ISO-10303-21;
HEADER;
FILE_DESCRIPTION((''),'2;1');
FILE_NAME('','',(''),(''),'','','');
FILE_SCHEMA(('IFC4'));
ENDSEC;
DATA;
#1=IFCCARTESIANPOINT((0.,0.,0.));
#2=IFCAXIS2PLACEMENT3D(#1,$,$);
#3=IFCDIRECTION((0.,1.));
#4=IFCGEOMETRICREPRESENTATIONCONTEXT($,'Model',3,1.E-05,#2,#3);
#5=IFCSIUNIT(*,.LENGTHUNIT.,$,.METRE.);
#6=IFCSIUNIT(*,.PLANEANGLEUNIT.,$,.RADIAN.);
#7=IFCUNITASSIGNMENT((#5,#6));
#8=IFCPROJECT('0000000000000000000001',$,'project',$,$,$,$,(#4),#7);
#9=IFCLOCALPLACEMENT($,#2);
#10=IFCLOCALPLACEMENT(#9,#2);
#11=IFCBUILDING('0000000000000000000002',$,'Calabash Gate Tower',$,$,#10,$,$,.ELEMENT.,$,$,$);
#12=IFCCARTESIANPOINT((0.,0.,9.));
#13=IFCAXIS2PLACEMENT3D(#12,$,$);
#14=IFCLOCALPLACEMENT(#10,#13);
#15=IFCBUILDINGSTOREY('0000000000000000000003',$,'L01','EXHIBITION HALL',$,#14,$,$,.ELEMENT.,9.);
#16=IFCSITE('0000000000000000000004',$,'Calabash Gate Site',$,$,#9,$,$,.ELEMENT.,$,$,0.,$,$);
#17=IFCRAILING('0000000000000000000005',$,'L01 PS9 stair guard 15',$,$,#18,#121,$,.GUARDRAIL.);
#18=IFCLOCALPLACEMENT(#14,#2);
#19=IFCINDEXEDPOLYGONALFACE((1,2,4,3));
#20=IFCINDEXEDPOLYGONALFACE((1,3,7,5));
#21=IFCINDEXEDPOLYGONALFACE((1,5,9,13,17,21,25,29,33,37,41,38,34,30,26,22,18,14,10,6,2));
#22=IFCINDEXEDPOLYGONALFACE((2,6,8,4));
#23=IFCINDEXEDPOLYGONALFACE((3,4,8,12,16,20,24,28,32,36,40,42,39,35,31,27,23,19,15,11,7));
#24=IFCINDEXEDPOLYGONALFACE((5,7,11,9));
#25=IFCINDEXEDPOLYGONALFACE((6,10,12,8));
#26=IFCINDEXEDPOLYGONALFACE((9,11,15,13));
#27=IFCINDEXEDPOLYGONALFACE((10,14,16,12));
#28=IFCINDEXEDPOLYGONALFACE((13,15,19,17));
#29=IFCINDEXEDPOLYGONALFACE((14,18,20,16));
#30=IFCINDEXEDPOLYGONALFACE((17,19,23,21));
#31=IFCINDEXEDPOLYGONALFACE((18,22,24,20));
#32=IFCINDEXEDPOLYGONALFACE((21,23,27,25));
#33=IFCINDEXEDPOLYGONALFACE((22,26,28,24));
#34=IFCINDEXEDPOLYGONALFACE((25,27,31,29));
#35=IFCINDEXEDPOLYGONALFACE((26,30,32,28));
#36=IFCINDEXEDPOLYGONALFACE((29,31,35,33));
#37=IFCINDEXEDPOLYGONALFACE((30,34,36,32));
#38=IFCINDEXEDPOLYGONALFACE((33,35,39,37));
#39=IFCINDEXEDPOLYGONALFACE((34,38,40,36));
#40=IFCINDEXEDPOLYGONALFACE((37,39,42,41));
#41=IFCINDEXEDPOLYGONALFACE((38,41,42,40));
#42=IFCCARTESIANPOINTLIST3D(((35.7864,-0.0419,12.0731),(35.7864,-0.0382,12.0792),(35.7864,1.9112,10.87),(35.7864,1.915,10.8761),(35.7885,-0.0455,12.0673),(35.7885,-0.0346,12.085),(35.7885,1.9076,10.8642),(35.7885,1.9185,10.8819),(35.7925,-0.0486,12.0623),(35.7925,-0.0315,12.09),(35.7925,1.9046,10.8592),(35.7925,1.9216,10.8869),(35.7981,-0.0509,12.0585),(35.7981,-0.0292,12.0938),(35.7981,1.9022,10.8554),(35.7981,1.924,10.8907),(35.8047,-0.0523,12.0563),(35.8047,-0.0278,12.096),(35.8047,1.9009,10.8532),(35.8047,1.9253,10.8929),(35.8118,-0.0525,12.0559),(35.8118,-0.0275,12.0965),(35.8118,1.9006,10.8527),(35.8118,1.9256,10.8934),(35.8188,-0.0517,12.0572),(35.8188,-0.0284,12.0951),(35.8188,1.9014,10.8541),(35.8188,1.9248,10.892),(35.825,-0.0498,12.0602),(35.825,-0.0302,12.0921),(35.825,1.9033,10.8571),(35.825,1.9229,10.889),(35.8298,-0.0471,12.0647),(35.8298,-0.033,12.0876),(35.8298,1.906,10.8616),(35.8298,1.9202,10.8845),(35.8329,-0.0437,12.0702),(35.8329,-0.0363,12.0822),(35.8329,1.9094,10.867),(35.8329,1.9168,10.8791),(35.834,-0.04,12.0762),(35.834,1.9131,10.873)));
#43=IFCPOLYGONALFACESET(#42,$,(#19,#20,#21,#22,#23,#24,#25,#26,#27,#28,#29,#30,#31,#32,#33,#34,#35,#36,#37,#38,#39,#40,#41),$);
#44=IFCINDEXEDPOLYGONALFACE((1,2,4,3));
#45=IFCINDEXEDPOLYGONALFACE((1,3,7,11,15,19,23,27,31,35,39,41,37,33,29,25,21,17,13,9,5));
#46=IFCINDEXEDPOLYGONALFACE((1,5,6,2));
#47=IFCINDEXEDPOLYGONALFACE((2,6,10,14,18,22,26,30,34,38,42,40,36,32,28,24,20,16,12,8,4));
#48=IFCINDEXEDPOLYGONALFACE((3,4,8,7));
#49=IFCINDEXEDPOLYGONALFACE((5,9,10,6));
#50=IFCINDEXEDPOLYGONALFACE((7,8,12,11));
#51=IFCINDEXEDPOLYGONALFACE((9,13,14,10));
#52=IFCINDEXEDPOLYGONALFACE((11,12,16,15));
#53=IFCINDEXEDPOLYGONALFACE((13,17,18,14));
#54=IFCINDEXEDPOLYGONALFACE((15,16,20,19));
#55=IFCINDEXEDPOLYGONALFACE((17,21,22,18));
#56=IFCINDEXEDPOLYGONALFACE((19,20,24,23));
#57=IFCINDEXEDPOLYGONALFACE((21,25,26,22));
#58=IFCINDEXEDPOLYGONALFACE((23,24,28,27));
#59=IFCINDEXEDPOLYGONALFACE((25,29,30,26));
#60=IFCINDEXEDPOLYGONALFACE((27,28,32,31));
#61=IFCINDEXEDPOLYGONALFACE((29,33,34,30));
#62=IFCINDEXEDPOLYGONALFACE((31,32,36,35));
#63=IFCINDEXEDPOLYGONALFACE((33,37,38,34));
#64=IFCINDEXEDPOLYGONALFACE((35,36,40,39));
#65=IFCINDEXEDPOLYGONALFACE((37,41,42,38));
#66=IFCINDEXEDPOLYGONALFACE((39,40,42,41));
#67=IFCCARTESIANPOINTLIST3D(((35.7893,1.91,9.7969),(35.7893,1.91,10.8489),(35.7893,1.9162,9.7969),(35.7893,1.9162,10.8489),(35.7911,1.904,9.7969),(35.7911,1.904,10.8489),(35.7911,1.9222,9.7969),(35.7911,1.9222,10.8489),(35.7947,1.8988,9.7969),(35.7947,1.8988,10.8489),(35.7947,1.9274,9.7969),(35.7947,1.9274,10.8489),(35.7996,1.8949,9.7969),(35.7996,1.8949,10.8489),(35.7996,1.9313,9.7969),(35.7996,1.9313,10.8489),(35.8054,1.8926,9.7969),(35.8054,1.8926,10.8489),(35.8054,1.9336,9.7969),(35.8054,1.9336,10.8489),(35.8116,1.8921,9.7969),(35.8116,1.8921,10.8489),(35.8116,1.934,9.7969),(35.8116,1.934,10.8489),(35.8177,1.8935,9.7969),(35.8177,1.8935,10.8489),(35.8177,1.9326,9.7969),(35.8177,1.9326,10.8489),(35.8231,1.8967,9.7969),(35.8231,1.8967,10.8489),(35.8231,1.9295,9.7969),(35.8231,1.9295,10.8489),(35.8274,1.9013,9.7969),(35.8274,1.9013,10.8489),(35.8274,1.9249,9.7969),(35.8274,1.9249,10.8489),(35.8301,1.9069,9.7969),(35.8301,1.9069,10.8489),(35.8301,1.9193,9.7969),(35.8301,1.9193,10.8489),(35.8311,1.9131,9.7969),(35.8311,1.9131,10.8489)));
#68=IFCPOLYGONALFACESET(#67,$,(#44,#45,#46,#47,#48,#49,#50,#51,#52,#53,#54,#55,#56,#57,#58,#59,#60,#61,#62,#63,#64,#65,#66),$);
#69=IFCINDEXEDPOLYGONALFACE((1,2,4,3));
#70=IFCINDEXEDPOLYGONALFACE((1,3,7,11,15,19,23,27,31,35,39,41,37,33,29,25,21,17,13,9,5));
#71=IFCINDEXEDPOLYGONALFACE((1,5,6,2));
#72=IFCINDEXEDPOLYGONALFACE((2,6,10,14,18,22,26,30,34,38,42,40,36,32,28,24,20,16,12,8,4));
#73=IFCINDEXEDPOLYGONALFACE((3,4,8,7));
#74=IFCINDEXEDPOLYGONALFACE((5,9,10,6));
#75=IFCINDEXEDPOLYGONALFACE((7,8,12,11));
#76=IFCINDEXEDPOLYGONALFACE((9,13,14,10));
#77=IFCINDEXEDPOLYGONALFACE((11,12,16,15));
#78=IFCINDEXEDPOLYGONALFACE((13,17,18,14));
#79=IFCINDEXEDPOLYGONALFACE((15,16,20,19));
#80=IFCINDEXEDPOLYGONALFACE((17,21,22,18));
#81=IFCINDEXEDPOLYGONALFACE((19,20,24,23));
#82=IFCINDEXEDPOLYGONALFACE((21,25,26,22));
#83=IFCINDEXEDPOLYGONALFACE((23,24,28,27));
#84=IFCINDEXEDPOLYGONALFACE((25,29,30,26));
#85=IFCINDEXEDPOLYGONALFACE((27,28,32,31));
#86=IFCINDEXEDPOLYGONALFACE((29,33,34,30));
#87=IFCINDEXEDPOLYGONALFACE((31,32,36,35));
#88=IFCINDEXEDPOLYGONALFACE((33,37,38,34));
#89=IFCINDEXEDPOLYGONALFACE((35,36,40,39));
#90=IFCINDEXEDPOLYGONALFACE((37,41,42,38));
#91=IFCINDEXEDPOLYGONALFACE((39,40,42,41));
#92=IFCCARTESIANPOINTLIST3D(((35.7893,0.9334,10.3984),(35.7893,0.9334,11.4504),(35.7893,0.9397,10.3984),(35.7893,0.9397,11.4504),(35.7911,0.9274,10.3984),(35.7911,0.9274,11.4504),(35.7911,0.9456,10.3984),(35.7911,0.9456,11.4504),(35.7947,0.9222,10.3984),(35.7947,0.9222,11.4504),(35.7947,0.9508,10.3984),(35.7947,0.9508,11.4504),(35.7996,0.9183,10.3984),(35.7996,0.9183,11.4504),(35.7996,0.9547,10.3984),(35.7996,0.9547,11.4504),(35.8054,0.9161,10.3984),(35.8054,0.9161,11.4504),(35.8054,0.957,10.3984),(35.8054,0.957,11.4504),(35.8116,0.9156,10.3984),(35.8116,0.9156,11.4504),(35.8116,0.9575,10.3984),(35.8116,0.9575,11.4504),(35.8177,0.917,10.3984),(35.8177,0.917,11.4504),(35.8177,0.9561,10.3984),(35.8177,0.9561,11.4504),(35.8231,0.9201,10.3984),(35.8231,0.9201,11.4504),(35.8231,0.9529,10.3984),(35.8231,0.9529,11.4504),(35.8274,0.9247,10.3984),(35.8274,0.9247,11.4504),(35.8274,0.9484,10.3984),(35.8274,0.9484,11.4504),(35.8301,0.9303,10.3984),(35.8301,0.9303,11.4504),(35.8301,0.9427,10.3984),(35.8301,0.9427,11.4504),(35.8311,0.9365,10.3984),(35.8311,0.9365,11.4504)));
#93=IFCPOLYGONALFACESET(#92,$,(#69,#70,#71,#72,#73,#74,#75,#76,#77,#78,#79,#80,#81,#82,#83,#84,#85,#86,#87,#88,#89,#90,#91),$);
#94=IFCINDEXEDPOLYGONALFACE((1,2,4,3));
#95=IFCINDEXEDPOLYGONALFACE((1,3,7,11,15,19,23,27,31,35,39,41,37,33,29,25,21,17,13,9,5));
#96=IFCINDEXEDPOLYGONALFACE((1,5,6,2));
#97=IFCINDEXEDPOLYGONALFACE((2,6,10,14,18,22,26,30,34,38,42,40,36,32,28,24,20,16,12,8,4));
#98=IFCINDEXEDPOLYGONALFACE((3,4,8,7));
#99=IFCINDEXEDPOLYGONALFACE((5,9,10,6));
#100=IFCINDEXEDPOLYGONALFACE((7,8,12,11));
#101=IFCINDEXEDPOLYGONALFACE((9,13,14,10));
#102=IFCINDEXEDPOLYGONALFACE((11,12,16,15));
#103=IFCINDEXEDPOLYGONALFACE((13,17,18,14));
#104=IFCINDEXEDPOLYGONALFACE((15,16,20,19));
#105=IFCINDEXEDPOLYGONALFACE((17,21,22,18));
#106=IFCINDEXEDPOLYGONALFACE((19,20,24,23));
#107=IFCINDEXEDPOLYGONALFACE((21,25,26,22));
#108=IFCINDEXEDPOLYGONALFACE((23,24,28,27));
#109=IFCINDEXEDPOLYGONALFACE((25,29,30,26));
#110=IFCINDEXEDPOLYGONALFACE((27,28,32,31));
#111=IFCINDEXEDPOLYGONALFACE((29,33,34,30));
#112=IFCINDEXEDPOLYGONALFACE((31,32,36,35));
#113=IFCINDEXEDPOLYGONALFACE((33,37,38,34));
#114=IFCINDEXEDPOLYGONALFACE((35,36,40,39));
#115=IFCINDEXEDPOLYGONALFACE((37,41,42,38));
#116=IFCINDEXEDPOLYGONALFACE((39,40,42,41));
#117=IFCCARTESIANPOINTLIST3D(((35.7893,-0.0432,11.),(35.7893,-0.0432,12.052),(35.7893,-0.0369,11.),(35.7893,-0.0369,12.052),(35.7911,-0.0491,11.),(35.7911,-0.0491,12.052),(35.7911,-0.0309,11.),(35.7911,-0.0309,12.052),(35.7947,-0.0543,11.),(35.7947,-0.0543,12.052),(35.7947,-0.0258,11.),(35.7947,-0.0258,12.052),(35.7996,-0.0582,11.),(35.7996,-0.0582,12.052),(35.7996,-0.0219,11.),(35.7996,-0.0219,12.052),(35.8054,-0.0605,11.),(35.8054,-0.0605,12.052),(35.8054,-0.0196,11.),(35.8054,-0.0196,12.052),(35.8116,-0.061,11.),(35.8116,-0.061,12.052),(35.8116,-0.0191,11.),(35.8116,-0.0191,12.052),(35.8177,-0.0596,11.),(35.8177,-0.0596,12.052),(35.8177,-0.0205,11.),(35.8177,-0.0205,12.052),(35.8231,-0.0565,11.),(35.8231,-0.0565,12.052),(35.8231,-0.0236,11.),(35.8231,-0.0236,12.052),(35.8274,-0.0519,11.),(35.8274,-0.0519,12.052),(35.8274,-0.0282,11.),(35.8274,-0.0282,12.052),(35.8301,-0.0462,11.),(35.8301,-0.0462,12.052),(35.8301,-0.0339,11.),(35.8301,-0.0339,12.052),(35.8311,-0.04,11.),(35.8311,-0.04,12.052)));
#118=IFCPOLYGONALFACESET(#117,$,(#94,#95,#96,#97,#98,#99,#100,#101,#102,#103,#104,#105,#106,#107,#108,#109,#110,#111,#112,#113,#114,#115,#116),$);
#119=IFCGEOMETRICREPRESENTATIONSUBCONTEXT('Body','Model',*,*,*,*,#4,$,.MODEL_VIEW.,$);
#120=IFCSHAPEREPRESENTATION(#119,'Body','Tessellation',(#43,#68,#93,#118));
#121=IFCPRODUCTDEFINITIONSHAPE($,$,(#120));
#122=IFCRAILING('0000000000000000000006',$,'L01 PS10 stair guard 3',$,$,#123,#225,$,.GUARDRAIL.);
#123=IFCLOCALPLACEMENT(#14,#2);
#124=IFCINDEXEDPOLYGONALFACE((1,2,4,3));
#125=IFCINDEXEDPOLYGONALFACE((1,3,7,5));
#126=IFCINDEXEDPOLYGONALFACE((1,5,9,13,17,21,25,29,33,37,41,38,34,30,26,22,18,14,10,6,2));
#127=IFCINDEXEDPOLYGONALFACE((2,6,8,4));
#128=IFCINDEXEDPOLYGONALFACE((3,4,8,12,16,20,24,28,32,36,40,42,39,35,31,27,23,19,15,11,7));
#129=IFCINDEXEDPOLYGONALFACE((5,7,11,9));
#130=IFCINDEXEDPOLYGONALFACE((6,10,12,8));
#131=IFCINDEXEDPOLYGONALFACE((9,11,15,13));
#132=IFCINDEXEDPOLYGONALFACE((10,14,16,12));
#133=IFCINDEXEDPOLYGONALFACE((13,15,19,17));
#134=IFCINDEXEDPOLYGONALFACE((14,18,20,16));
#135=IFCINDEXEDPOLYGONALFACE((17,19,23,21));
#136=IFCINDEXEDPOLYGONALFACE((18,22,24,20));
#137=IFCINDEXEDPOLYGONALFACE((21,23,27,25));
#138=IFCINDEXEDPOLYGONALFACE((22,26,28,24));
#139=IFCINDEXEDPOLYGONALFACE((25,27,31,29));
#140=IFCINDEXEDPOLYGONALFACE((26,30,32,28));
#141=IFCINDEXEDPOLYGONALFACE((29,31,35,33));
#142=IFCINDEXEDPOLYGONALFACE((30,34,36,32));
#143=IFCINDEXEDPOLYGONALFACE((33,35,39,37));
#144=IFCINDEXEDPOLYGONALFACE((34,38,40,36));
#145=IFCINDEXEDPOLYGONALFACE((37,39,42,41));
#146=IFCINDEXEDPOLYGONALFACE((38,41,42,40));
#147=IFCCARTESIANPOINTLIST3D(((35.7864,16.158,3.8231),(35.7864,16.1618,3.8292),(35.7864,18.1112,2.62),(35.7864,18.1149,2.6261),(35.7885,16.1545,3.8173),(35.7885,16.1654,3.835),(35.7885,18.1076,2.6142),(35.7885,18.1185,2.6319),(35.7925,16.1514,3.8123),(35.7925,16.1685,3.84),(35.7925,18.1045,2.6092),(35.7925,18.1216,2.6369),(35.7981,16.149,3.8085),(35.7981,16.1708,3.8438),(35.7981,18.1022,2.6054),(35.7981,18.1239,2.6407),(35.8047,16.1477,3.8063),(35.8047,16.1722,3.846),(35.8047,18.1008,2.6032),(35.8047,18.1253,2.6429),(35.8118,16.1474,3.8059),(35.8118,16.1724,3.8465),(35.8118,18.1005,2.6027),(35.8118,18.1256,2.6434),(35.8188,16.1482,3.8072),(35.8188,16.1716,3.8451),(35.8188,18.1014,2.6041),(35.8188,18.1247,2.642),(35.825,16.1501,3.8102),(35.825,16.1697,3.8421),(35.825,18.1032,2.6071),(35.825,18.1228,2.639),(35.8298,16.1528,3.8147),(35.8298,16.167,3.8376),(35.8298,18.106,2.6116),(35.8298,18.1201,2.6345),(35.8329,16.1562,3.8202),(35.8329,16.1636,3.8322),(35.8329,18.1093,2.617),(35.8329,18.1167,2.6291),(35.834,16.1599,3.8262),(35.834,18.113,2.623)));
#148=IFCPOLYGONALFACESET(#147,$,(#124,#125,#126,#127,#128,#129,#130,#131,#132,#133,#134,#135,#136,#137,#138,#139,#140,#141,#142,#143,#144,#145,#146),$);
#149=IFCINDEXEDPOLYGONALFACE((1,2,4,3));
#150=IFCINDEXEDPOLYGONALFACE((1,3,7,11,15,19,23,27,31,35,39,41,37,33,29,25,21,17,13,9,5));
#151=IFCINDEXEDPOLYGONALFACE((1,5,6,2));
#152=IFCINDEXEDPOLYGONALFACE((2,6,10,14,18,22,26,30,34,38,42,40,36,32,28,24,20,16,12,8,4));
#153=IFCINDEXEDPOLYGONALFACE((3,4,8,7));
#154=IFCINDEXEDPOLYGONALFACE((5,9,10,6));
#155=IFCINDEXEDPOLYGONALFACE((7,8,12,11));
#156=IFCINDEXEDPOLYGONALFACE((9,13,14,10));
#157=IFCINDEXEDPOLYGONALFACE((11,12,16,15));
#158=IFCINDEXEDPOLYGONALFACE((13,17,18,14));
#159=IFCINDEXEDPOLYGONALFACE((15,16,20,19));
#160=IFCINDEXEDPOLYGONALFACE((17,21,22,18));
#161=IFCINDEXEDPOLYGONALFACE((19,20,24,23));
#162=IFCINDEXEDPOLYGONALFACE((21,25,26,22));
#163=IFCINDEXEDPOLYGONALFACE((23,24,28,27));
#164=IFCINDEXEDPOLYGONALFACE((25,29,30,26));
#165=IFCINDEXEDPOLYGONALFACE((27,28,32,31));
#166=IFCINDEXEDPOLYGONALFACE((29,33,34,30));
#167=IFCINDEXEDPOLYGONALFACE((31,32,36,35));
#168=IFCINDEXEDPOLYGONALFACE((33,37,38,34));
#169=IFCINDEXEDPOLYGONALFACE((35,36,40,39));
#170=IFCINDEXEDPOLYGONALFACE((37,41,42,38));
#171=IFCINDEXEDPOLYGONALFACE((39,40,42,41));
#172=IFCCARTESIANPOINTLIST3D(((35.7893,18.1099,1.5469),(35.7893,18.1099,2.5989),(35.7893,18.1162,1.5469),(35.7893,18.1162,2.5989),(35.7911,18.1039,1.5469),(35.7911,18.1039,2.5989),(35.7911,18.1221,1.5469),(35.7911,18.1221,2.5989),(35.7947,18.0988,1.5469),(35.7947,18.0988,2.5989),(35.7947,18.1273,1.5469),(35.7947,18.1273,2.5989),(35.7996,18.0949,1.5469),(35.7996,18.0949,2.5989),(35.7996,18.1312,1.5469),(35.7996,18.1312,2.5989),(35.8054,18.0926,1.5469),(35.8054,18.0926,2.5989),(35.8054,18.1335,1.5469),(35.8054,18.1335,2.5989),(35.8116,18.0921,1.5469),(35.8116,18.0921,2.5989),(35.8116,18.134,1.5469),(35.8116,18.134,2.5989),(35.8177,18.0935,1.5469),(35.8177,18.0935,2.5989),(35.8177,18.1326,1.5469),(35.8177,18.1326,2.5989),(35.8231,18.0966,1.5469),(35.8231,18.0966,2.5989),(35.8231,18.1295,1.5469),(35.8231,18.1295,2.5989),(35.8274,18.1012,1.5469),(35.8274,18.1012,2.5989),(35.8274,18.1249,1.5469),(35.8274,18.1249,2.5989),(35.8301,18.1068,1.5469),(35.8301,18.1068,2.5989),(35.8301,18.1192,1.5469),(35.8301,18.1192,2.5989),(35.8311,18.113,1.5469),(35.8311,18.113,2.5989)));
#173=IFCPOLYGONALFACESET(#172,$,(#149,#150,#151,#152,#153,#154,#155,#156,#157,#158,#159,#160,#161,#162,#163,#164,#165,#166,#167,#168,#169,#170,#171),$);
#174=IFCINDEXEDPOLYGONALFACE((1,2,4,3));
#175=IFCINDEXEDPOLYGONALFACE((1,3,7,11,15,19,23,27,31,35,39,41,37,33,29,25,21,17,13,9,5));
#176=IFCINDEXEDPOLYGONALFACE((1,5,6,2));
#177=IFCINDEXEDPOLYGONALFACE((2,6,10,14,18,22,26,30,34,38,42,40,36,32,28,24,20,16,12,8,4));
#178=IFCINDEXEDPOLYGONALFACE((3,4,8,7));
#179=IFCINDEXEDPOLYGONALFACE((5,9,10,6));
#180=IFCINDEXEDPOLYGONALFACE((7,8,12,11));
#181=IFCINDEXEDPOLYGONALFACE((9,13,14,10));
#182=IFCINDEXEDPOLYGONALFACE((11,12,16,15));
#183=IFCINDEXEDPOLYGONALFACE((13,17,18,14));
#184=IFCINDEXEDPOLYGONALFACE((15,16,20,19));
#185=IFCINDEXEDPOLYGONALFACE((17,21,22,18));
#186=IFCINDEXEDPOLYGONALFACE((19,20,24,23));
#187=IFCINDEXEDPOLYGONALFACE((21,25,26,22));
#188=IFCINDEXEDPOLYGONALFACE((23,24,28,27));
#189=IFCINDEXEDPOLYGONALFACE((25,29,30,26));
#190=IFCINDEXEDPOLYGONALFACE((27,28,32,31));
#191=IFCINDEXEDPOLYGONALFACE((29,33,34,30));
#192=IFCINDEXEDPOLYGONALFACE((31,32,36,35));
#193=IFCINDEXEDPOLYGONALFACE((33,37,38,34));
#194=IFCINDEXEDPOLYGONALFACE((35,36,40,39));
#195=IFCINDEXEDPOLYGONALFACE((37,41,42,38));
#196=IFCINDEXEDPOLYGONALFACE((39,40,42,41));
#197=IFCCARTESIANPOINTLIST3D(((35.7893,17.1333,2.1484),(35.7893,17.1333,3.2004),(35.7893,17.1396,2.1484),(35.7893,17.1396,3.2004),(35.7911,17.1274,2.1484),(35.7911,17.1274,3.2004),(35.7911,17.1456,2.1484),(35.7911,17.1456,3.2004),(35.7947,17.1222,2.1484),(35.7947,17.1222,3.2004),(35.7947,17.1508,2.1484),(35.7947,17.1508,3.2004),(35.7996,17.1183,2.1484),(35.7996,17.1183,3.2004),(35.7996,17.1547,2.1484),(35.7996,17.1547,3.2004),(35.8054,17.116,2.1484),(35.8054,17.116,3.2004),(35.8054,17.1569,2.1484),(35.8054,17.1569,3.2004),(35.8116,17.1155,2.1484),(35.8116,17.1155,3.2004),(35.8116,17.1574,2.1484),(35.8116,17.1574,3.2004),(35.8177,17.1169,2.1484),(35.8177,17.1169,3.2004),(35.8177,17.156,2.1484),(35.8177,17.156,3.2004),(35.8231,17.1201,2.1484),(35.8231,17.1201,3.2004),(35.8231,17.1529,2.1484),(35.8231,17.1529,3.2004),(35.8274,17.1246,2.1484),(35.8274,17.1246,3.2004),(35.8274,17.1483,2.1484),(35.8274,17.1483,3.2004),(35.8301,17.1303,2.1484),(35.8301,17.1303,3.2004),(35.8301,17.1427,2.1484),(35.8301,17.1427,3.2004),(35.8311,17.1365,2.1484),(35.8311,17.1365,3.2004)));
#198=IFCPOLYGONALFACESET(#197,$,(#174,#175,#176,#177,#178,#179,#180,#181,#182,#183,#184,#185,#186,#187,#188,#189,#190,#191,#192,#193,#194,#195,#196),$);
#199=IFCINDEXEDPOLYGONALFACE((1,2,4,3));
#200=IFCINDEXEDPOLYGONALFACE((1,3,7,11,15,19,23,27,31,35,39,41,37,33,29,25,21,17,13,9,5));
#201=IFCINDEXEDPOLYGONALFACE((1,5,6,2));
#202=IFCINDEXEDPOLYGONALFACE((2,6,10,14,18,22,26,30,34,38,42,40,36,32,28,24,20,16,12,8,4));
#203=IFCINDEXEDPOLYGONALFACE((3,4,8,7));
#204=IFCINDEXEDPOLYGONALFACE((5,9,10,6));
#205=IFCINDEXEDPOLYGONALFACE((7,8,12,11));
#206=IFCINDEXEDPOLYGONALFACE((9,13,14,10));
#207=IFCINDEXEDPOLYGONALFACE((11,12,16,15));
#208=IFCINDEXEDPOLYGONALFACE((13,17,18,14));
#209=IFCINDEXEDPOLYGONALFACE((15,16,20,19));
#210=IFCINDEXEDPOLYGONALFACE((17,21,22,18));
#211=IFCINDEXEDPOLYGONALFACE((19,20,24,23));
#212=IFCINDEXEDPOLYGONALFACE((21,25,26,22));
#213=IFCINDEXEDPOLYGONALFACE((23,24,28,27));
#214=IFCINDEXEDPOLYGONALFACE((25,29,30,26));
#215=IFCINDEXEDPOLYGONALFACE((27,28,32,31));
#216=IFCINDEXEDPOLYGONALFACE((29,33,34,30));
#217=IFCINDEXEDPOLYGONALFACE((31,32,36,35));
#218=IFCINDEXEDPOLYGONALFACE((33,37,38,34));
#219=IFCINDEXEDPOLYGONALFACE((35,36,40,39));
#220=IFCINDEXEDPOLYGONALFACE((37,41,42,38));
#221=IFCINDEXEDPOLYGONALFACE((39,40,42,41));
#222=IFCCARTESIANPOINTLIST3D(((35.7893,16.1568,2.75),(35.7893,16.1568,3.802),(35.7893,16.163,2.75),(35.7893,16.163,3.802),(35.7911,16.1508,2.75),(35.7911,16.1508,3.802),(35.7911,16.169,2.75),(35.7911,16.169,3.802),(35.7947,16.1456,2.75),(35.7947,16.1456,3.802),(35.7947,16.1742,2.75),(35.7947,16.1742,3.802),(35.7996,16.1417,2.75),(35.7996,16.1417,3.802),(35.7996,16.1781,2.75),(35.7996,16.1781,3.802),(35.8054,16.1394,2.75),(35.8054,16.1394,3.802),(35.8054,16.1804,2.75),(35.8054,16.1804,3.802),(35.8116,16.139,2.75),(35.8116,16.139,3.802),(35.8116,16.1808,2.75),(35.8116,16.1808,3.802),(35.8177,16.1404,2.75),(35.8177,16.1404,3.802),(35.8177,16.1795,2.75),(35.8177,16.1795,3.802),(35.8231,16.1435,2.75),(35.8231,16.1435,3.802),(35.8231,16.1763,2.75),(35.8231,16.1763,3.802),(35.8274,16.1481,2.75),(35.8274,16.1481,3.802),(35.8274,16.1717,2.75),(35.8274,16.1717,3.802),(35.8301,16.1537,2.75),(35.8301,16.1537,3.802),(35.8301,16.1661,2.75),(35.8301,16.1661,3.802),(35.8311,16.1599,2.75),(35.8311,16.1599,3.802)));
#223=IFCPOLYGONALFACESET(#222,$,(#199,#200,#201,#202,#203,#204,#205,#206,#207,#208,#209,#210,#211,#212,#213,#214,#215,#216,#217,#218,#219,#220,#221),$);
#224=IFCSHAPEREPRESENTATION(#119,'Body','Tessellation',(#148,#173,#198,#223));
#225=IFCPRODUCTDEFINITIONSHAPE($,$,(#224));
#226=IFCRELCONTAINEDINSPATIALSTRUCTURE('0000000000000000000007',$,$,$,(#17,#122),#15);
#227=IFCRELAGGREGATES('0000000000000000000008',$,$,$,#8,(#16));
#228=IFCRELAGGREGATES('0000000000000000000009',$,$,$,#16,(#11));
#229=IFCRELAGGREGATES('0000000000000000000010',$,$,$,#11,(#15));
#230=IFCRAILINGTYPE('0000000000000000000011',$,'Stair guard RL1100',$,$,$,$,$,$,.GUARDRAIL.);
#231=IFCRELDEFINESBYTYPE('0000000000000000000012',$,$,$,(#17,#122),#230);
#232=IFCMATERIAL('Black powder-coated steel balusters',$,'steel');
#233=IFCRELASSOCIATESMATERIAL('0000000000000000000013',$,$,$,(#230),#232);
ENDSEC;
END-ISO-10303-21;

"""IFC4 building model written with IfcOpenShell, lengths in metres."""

from ifc_helpers import new_model, si_unit, direction, frame, origin, origin_2d, place, context, subcontext, project, spatial, circle, extrude, material, type_object, element, save


model = new_model("IFC4")

# Units and contexts
model_context = context("Model", 3, precision=1e-05, world=origin(), true_north=direction((0.0, 1.0)))
body_context = subcontext(model_context, "Body", "Model", "MODEL_VIEW")
ifc_project = project(units=[si_unit("LENGTHUNIT", "METRE"), si_unit("PLANEANGLEUNIT", "RADIAN")], contexts=[model_context])

# Site, building, storey
site_placement = place(None, origin())
site = spatial("IfcSite", under=ifc_project, at=site_placement, Name="Calabash Gate Site", CompositionType="ELEMENT", RefElevation=0.0)
building_placement = place(site_placement, origin())
building = spatial("IfcBuilding", under=site, at=building_placement, Name="Calabash Gate Tower", CompositionType="ELEMENT")
storey_placement = place(building_placement, frame((0.0, 0.0, 9.0)))
storey = spatial("IfcBuildingStorey", under=building, at=storey_placement, Name="L01", Description="EXHIBITION HALL", CompositionType="ELEMENT", Elevation=9.0)

# Railings
ifc_material_1 = material(Name="Black powder-coated steel balusters", Category="steel")
railing_type_1 = type_object("IfcRailingType", Name="Stair guard RL1100", PredefinedType="GUARDRAIL", material=ifc_material_1)
for number, where, name in (
    (1, (35.8101, 1.9131, 9.7969), "L01 PS9 stair guard 15"),
    (2, (35.8101, 18.113, 1.5469), "L01 PS10 stair guard 3"),
):
    element("IfcRailing", number, at=place(storey_placement, frame(where)), inside=storey, type_object=railing_type_1, Name=name, PredefinedType="GUARDRAIL", context=body_context, shape_type="SweptSolid", body=[
        extrude(circle(Radius=0.0239, at=origin_2d()), frame((0.0, 0.0, 1.0762), z_axis=(0.0, -0.851424, 0.524477), x_axis=(1.0, 0.0, 0.0)), (0.0, 0.0, 1.0), 2.2939),
        extrude(circle(Radius=0.021, at=origin_2d()), origin(), (0.0, 0.0, 1.0), 1.052),
        extrude(circle(Radius=0.021, at=origin_2d()), frame((0.0, -0.9766, 0.6016)), (0.0, 0.0, 1.0), 1.052),
        extrude(circle(Radius=0.021, at=origin_2d()), frame((0.0, -1.9531, 1.2031)), (0.0, 0.0, 1.0), 1.052),
    ])

save(model, "model.ifc")
